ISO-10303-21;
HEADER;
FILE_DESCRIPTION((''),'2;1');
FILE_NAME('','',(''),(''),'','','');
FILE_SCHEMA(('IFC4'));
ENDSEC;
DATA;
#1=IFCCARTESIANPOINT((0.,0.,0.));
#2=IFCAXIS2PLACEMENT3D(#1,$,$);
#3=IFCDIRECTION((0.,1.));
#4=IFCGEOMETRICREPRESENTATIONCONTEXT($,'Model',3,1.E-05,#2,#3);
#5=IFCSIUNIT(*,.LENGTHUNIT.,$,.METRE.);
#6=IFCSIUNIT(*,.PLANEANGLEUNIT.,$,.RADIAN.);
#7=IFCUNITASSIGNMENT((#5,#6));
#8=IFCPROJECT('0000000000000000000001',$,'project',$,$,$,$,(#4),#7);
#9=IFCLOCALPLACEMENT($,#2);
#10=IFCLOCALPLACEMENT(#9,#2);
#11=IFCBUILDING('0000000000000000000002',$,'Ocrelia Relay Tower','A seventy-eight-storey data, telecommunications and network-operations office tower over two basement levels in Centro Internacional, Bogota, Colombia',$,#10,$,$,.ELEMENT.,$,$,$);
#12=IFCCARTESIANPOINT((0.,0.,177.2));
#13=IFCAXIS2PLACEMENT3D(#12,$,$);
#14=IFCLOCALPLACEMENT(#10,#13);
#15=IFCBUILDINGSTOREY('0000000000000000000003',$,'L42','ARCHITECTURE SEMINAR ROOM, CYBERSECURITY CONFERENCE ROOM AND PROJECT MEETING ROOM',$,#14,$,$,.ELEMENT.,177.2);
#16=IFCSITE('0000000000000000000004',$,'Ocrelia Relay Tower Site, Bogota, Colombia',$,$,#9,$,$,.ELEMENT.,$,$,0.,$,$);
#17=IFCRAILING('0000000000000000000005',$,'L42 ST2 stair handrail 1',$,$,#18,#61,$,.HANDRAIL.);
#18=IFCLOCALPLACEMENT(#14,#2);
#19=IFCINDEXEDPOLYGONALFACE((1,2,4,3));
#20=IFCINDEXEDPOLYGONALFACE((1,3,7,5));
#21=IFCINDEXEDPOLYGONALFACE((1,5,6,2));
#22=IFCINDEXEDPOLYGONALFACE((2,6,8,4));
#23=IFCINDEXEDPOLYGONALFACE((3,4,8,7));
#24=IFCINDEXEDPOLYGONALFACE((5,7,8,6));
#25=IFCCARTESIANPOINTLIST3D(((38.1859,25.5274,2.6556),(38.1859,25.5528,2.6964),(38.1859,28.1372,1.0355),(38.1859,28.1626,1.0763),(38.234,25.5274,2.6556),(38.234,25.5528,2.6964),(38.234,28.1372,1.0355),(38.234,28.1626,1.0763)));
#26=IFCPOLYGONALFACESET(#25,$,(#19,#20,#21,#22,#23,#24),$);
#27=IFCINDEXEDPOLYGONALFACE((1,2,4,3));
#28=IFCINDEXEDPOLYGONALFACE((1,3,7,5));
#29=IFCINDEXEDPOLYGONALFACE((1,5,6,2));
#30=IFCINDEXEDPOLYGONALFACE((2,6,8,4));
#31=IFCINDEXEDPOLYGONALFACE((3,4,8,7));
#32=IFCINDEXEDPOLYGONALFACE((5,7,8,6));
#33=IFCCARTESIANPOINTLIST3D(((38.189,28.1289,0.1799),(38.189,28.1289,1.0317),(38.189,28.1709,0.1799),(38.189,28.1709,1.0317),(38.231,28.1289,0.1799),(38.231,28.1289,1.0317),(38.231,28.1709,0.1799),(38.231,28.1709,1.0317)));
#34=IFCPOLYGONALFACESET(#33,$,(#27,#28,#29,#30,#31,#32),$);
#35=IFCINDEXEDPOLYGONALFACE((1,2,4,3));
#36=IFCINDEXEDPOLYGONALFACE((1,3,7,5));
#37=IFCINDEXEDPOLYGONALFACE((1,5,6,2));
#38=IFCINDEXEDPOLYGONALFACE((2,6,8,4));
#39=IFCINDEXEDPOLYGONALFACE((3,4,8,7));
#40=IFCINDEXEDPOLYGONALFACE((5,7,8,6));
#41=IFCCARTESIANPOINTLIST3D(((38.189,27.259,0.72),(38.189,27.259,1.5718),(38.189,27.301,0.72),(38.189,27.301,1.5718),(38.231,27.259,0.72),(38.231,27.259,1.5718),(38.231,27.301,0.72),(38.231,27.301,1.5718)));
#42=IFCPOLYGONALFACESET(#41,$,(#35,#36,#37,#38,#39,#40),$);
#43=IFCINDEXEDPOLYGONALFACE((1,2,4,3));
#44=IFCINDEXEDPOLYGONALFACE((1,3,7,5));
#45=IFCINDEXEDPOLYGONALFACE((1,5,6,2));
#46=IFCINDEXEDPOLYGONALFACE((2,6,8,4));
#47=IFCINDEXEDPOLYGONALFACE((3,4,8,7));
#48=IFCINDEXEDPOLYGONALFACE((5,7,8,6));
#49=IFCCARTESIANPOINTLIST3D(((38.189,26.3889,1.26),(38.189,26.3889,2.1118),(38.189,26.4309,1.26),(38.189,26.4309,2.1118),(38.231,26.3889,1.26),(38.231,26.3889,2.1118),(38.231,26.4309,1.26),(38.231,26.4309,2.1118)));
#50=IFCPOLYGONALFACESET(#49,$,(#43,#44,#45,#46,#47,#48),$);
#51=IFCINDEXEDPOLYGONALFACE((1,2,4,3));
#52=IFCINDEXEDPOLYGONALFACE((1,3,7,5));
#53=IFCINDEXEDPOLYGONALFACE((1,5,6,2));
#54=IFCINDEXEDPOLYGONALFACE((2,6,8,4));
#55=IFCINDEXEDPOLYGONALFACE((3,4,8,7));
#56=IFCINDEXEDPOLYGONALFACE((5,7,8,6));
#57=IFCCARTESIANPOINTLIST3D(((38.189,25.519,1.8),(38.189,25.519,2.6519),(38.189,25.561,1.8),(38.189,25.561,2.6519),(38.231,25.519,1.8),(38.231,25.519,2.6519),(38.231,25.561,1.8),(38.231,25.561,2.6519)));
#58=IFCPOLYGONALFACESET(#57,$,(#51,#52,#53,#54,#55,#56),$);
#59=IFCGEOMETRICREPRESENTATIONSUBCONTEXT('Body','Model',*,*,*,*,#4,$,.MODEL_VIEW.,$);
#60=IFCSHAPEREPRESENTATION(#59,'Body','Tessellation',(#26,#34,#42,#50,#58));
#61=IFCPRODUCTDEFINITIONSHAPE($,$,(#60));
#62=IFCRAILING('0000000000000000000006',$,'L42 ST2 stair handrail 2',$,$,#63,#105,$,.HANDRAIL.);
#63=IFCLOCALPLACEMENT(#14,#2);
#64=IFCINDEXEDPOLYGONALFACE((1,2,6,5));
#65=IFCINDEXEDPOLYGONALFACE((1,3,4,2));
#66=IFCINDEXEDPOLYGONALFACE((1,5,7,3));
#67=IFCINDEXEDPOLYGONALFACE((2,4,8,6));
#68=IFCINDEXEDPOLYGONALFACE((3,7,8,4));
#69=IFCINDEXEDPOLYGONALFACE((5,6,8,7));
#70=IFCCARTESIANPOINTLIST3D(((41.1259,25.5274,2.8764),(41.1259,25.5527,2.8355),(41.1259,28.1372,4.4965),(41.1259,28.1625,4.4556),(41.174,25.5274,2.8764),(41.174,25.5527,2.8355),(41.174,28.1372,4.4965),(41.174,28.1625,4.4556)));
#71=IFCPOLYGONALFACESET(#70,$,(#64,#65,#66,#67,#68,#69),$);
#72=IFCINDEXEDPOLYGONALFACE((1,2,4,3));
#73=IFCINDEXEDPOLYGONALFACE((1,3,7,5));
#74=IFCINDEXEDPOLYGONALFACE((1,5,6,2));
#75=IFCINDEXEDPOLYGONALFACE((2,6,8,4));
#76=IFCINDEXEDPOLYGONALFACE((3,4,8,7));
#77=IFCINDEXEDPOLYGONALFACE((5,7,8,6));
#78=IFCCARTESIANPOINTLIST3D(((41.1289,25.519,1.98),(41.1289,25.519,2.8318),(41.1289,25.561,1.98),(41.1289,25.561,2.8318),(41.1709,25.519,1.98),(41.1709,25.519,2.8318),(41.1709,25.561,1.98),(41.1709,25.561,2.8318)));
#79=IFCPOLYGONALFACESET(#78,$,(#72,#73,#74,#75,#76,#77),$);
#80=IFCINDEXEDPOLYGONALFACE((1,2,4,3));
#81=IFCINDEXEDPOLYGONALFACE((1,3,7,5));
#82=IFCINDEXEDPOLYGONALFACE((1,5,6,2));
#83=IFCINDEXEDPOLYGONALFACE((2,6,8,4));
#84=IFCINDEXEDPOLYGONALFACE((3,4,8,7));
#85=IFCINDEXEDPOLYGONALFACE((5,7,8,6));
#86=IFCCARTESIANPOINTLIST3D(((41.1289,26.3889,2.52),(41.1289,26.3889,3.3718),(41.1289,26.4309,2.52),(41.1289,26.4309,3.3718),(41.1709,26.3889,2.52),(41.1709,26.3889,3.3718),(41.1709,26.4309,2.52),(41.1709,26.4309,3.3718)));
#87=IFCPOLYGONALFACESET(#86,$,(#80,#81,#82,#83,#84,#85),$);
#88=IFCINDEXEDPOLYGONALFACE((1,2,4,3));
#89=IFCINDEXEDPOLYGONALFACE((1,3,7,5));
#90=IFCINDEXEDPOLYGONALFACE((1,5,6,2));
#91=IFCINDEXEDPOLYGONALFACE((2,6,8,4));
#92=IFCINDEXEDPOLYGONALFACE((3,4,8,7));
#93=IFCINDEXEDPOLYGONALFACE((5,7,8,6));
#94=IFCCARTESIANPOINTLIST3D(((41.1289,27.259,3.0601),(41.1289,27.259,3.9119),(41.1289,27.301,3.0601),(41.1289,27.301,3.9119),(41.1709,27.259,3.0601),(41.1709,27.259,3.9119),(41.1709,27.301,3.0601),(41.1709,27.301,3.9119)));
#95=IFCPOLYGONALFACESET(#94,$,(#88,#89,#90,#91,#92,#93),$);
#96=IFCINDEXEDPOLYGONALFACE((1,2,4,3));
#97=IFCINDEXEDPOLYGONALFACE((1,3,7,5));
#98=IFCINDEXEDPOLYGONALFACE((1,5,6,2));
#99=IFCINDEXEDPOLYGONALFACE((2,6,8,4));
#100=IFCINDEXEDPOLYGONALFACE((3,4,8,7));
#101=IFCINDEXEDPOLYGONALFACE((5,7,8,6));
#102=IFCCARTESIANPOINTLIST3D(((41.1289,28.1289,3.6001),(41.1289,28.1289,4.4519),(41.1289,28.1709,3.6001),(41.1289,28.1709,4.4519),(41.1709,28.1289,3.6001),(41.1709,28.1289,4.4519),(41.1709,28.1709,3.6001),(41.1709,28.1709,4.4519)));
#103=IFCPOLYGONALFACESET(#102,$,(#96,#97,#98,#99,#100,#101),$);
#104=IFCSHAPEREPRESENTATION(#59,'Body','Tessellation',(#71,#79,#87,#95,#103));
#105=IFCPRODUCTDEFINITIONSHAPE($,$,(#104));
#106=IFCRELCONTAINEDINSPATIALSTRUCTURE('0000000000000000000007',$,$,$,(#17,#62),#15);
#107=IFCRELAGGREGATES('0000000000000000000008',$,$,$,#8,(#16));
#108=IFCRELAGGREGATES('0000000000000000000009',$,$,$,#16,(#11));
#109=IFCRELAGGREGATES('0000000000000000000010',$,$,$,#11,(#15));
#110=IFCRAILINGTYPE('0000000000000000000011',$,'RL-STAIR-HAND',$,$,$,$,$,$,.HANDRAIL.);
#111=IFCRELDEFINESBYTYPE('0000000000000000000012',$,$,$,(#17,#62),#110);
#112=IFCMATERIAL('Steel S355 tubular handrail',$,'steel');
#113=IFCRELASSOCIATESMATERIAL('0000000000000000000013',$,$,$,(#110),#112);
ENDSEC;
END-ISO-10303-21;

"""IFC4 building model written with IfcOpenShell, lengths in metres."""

from ifc_helpers import new_model, si_unit, direction, frame, origin, origin_2d, place, context, subcontext, project, spatial, rectangle, extrude, material, type_object, element, save


model = new_model("IFC4")

# Units and contexts
model_context = context("Model", 3, precision=1e-05, world=origin(), true_north=direction((0.0, 1.0)))
body_context = subcontext(model_context, "Body", "Model", "MODEL_VIEW")
ifc_project = project(units=[si_unit("LENGTHUNIT", "METRE"), si_unit("PLANEANGLEUNIT", "RADIAN")], contexts=[model_context])

# Site, building, storey
site_placement = place(None, origin())
site = spatial("IfcSite", under=ifc_project, at=site_placement, Name="Ocrelia Relay Tower Site, Bogota, Colombia", CompositionType="ELEMENT", RefElevation=0.0)
building_placement = place(site_placement, origin())
building = spatial("IfcBuilding", under=site, at=building_placement, Name="Ocrelia Relay Tower", Description="A seventy-eight-storey data, telecommunications and network-operations office tower over two basement levels in Centro Internacional, Bogota, Colombia", CompositionType="ELEMENT")
storey_placement = place(building_placement, frame((0.0, 0.0, 177.2)))
storey = spatial("IfcBuildingStorey", under=building, at=storey_placement, Name="L42", Description="ARCHITECTURE SEMINAR ROOM, CYBERSECURITY CONFERENCE ROOM AND PROJECT MEETING ROOM", CompositionType="ELEMENT", Elevation=177.2)

# Railings
ifc_material_1 = material(Name="Steel S355 tubular handrail", Category="steel")
railing_type_1 = type_object("IfcRailingType", Name="RL-STAIR-HAND", PredefinedType="HANDRAIL", material=ifc_material_1)
railing_1_placement = place(storey_placement, frame((38.21, 28.1499, 0.1799)))
element("IfcRailing", 1, at=railing_1_placement, inside=storey, type_object=railing_type_1, Name="L42 ST2 stair handrail 1", PredefinedType="HANDRAIL", context=body_context, shape_type="SweptSolid", body=[
    extrude(rectangle(XDim=0.0481, YDim=0.0481, at=origin_2d()), frame((0.0, 0.0, 0.876), z_axis=(0.0, -0.849611, 0.52741), x_axis=(1.0, 0.0, 0.0)), (0.0, 0.0, 1.0), 3.0718),
    extrude(rectangle(XDim=0.042, YDim=0.042, at=origin_2d()), origin(), (0.0, 0.0, 1.0), 0.8518),
    extrude(rectangle(XDim=0.042, YDim=0.042, at=origin_2d()), frame((0.0, -0.8699, 0.54)), (0.0, 0.0, 1.0), 0.8518),
    extrude(rectangle(XDim=0.042, YDim=0.042, at=origin_2d()), frame((0.0, -1.74, 1.0801)), (0.0, 0.0, 1.0), 0.8518),
    extrude(rectangle(XDim=0.042, YDim=0.042, at=origin_2d()), frame((0.0, -2.6099, 1.6201)), (0.0, 0.0, 1.0), 0.8518),
])
railing_2_placement = place(storey_placement, frame((41.1499, 25.54, 1.98)))
element("IfcRailing", 2, at=railing_2_placement, inside=storey, type_object=railing_type_1, Name="L42 ST2 stair handrail 2", PredefinedType="HANDRAIL", context=body_context, shape_type="SweptSolid", body=[
    extrude(rectangle(XDim=0.0481, YDim=0.0481, at=origin_2d()), frame((0.0, 0.0, 0.876), z_axis=(0.0, 0.849611, 0.52741), x_axis=(-1.0, 0.0, 0.0)), (0.0, 0.0, 1.0), 3.0718),
    extrude(rectangle(XDim=0.042, YDim=0.042, at=origin_2d()), origin(), (0.0, 0.0, 1.0), 0.8518),
    extrude(rectangle(XDim=0.042, YDim=0.042, at=origin_2d()), frame((0.0, 0.8699, 0.54)), (0.0, 0.0, 1.0), 0.8518),
    extrude(rectangle(XDim=0.042, YDim=0.042, at=origin_2d()), frame((0.0, 1.74, 1.0801)), (0.0, 0.0, 1.0), 0.8518),
    extrude(rectangle(XDim=0.042, YDim=0.042, at=origin_2d()), frame((0.0, 2.6099, 1.6201)), (0.0, 0.0, 1.0), 0.8518),
])

save(model, "model.ifc")
